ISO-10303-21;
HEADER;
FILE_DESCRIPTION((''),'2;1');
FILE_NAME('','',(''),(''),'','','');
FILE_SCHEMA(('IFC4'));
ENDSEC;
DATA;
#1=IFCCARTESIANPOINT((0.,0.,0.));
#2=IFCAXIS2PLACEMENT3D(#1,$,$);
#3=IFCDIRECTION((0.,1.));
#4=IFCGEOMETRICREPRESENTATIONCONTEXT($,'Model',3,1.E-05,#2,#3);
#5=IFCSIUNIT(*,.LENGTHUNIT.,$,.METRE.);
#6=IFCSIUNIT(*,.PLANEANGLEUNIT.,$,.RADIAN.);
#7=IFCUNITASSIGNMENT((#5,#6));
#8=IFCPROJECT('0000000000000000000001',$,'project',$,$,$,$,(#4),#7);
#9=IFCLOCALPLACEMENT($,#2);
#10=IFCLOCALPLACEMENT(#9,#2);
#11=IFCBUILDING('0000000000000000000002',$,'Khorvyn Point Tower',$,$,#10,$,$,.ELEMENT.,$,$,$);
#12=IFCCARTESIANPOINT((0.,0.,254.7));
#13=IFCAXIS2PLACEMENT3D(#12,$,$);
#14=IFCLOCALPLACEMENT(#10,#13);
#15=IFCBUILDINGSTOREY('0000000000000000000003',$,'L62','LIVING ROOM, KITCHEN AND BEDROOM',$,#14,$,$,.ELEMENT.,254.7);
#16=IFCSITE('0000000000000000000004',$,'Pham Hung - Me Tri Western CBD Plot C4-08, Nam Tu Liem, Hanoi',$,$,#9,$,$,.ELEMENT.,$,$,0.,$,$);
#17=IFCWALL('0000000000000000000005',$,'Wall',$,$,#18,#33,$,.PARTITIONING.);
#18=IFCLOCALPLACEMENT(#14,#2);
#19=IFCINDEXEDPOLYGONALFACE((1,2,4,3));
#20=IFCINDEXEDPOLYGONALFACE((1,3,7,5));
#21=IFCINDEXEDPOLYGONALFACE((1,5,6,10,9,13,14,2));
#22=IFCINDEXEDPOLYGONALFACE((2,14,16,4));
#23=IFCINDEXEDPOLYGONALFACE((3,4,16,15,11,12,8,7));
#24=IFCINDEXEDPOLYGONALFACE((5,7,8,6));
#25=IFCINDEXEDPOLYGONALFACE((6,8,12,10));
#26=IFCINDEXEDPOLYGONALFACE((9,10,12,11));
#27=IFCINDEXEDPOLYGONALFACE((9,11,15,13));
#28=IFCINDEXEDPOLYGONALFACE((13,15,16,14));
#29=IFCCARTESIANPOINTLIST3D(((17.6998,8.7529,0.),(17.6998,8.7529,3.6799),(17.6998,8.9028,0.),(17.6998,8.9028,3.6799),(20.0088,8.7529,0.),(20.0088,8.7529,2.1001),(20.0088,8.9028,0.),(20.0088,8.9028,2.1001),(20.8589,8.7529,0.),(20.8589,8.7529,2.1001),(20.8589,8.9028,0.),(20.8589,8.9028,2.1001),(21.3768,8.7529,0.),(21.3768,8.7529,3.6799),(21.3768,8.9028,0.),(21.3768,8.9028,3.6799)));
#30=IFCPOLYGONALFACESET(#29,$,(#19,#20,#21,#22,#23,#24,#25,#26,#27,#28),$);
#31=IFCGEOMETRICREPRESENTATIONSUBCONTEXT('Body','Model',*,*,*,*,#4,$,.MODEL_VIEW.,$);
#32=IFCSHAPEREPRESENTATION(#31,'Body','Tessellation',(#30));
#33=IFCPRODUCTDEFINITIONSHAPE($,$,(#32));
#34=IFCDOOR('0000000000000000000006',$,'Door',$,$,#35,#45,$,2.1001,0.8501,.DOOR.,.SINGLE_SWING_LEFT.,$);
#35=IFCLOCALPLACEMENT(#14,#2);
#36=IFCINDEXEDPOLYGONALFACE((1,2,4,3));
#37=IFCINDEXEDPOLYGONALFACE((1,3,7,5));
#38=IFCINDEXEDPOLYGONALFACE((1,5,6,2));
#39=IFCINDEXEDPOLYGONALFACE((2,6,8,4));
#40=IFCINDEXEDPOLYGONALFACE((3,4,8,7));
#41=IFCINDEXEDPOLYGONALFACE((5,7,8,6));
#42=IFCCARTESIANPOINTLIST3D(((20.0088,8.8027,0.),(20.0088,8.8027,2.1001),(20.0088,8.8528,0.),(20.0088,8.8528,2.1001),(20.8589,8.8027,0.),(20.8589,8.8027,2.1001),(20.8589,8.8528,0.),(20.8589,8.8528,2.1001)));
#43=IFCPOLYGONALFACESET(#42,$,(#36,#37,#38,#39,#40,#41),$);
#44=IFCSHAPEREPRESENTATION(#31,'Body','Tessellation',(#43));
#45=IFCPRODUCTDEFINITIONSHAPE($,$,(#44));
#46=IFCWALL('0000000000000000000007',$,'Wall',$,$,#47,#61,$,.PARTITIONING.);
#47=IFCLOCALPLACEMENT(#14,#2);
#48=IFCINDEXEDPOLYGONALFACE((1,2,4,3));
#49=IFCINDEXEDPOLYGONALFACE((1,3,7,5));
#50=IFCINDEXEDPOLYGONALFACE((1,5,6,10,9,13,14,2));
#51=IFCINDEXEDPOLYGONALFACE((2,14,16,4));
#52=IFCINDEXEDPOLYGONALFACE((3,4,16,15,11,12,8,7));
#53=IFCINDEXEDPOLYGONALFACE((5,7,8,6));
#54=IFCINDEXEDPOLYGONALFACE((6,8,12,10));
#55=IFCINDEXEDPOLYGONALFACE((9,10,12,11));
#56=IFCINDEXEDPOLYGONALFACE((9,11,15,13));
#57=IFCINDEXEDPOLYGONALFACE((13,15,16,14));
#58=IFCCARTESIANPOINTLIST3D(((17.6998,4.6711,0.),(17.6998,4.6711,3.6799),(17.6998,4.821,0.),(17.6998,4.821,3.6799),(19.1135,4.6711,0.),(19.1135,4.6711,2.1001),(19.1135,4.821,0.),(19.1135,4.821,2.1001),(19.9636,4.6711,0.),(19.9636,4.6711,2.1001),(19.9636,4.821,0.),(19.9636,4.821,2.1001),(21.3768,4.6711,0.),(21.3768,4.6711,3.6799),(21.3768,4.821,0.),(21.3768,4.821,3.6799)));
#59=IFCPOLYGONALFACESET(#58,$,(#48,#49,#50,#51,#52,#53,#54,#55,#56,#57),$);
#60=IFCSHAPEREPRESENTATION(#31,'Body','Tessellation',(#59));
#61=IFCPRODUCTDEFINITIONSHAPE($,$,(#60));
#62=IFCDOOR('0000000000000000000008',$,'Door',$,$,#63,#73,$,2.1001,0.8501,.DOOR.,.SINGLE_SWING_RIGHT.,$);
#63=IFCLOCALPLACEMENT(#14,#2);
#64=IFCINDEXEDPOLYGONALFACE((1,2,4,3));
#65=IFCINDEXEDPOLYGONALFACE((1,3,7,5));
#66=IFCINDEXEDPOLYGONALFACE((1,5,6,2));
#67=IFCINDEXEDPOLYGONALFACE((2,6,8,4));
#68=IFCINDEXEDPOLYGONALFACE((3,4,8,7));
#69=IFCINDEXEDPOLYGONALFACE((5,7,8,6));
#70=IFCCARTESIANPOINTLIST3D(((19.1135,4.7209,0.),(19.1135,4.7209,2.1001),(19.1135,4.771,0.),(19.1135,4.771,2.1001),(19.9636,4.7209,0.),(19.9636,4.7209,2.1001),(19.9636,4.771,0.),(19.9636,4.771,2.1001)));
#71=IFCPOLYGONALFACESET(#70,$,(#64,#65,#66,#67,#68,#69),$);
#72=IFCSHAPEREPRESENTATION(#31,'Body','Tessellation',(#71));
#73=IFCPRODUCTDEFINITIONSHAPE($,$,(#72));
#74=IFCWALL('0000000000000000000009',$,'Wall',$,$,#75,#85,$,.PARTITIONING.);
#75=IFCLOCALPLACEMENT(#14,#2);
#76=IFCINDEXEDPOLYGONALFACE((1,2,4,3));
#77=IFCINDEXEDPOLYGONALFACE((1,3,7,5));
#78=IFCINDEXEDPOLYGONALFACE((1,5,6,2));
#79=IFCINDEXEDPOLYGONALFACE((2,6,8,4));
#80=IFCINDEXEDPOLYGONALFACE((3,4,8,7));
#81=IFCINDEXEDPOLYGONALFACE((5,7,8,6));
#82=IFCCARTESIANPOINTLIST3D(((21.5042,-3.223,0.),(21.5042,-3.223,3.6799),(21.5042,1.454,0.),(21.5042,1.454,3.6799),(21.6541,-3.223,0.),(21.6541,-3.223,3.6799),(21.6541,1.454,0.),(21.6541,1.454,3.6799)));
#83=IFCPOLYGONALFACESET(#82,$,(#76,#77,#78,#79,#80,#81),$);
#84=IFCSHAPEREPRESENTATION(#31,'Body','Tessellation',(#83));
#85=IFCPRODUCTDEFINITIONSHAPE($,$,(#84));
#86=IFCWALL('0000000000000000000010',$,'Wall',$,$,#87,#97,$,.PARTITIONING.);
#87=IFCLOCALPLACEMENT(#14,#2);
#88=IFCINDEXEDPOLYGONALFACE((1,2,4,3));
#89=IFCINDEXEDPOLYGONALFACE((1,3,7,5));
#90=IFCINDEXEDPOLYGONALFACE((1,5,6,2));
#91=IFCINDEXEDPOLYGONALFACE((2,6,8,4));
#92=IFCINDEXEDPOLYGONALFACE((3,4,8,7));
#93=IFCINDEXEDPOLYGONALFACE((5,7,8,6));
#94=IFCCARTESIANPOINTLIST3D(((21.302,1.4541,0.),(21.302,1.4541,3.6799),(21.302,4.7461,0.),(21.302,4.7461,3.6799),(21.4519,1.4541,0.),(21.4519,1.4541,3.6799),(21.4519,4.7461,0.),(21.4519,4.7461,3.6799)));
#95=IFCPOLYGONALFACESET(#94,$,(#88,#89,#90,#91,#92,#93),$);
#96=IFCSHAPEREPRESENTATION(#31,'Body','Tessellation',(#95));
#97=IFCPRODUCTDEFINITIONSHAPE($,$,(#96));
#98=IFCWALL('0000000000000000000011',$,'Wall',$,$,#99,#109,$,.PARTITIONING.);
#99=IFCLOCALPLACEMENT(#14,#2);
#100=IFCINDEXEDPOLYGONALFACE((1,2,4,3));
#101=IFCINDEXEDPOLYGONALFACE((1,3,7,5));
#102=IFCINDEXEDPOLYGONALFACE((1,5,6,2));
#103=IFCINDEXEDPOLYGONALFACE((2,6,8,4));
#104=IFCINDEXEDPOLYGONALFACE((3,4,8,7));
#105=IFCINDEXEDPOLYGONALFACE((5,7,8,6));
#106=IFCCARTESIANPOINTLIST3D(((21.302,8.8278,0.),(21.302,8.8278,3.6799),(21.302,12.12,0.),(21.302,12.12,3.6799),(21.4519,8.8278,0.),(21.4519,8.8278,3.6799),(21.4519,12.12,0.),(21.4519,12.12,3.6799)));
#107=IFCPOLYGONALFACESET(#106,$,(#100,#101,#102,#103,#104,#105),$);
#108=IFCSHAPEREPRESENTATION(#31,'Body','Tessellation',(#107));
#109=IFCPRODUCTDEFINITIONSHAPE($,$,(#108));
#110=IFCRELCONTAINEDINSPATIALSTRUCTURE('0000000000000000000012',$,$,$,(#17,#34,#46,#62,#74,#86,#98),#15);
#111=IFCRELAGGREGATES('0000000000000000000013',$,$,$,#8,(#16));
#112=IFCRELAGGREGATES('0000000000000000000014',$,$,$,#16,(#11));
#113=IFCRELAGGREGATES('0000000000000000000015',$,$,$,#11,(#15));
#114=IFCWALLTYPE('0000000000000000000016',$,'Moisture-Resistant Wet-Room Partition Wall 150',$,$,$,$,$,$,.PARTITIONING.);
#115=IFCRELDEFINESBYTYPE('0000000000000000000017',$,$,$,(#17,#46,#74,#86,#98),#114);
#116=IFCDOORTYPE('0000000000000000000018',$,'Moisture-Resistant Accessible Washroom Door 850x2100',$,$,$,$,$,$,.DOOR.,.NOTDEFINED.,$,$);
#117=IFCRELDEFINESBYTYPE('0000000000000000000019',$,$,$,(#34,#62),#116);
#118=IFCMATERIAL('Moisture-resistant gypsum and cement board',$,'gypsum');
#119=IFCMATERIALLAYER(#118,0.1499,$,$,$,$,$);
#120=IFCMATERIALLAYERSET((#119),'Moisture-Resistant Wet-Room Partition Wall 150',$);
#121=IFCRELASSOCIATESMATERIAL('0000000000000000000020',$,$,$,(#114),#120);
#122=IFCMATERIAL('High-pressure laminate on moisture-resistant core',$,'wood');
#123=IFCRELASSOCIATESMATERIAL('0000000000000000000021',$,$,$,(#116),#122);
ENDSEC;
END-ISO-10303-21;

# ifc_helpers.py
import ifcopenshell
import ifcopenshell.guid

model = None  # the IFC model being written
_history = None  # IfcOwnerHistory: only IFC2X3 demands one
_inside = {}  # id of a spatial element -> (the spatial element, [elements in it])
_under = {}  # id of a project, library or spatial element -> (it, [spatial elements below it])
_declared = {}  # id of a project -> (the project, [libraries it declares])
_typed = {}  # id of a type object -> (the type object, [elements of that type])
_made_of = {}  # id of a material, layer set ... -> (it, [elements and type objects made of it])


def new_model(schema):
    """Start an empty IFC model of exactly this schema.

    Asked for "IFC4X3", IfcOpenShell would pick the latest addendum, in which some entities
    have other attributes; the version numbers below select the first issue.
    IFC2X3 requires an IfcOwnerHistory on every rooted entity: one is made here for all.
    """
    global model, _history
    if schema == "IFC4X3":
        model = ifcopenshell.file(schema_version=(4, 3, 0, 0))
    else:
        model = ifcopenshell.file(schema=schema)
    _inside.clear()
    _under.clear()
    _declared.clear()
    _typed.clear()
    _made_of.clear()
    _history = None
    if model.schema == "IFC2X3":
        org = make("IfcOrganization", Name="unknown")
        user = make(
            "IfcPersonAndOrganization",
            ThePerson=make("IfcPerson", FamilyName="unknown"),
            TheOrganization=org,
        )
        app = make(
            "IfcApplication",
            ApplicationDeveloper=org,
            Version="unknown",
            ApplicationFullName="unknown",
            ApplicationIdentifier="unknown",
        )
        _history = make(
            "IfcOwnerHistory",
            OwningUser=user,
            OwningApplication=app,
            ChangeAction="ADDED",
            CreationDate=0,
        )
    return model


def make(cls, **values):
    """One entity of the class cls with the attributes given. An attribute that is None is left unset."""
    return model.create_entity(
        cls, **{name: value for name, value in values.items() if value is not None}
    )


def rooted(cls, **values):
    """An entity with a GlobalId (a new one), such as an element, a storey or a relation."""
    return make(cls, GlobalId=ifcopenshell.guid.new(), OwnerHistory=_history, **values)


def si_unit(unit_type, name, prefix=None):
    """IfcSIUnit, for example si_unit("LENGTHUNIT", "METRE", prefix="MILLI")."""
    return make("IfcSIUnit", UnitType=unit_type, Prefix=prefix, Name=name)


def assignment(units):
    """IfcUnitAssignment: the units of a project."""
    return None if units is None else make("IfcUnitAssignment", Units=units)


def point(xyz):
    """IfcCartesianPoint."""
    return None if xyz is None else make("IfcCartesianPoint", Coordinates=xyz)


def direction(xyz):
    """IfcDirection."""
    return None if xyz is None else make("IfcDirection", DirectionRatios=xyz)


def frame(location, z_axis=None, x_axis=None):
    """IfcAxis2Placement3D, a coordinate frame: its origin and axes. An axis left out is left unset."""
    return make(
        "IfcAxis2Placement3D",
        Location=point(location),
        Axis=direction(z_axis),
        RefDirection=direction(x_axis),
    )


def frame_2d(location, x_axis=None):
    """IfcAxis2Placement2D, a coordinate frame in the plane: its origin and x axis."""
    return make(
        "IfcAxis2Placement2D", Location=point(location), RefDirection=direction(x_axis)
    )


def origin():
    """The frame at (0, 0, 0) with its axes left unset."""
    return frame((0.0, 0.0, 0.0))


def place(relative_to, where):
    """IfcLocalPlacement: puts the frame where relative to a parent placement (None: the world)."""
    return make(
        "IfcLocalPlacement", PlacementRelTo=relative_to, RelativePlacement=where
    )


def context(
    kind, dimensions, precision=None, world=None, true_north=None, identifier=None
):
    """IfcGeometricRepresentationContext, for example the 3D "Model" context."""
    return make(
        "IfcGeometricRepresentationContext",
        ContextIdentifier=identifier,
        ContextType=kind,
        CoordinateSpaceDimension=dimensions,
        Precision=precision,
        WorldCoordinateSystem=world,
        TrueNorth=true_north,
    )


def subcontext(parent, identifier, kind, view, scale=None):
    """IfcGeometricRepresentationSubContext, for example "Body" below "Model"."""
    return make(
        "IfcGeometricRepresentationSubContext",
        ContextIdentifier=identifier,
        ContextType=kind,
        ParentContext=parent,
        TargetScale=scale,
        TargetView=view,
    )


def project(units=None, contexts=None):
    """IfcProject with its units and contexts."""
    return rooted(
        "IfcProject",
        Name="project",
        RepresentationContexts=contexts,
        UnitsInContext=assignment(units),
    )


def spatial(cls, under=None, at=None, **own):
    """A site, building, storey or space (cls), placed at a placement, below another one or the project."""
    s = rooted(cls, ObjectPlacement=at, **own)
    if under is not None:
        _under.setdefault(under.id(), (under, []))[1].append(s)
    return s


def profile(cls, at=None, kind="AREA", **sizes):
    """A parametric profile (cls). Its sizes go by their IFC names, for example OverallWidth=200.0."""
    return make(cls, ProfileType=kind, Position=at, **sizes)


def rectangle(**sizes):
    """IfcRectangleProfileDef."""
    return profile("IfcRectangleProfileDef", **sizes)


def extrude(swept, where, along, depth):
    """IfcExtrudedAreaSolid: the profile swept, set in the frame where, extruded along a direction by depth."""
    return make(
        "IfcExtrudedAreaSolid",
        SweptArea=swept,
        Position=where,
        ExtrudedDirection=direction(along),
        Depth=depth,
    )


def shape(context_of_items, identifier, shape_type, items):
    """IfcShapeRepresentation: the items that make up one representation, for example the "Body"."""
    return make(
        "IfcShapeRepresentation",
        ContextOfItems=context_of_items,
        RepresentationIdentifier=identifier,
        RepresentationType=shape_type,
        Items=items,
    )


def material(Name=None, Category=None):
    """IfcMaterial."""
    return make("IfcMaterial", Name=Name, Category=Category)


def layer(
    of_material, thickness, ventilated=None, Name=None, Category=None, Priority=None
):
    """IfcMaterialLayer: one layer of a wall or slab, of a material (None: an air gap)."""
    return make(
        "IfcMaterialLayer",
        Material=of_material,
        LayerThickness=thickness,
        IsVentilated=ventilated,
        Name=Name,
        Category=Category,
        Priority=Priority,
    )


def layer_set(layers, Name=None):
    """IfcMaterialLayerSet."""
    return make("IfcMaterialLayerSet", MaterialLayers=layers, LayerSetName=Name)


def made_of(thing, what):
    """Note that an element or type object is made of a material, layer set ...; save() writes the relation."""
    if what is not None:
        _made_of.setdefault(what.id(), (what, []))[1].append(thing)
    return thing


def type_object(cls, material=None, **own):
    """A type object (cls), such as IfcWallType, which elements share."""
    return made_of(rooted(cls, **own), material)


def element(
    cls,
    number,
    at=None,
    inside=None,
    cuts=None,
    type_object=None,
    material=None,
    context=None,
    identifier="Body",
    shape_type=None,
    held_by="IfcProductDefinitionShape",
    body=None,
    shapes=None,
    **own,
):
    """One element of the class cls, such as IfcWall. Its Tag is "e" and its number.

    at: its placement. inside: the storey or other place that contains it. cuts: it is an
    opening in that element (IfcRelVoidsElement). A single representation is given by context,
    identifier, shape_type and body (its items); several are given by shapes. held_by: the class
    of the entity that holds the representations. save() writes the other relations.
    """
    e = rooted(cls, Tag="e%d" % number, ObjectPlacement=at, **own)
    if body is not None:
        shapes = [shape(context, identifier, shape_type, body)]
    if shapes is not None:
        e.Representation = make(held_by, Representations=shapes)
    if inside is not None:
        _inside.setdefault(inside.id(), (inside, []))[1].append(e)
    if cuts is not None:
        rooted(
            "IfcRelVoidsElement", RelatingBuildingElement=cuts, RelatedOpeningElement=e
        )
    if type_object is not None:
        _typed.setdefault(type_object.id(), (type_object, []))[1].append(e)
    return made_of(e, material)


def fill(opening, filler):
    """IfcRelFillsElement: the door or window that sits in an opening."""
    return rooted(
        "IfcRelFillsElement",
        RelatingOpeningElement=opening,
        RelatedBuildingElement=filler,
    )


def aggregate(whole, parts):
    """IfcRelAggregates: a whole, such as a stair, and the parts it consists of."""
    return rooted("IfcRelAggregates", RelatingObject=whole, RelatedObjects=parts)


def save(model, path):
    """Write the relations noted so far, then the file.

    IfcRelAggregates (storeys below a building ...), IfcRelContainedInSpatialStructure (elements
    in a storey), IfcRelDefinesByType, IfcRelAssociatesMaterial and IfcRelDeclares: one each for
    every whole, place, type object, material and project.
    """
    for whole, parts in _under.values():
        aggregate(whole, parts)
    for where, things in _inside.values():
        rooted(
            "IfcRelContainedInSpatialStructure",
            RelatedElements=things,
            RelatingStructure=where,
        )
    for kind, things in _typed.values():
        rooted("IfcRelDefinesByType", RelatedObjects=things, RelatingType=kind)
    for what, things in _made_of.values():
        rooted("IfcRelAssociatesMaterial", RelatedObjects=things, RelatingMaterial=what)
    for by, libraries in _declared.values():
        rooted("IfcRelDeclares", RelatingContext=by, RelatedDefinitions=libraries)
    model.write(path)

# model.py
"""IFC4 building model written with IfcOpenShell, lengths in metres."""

from ifc_helpers import new_model, si_unit, direction, frame, frame_2d, origin, place, context, subcontext, project, spatial, rectangle, extrude, material, layer, layer_set, type_object, element, fill, save


model = new_model("IFC4")

# Units and contexts
model_context = context("Model", 3, precision=1e-05, world=origin(), true_north=direction((0.0, 1.0)))
body_context = subcontext(model_context, "Body", "Model", "MODEL_VIEW")
ifc_project = project(units=[si_unit("LENGTHUNIT", "METRE"), si_unit("PLANEANGLEUNIT", "RADIAN")], contexts=[model_context])

# Site, building, storey
site_placement = place(None, origin())
site = spatial("IfcSite", under=ifc_project, at=site_placement, Name="Pham Hung - Me Tri Western CBD Plot C4-08, Nam Tu Liem, Hanoi", CompositionType="ELEMENT", RefElevation=0.0)
building_placement = place(site_placement, origin())
building = spatial("IfcBuilding", under=site, at=building_placement, Name="Khorvyn Point Tower", CompositionType="ELEMENT")
storey_placement = place(building_placement, frame((0.0, 0.0, 254.7)))
storey = spatial("IfcBuildingStorey", under=building, at=storey_placement, Name="L62", Description="LIVING ROOM, KITCHEN AND BEDROOM", CompositionType="ELEMENT", Elevation=254.7)

# Walls, openings, doors
ifc_material_1 = material(Name="Moisture-resistant gypsum and cement board", Category="gypsum")
ifc_layer_1 = layer(ifc_material_1, 0.1499)
ifc_layer_set_1 = layer_set([ifc_layer_1], Name="Moisture-Resistant Wet-Room Partition Wall 150")
wall_type_1 = type_object("IfcWallType", Name="Moisture-Resistant Wet-Room Partition Wall 150", PredefinedType="PARTITIONING", material=ifc_layer_set_1)
wall_1_placement = place(storey_placement, frame((17.7, 8.8279, 0.0), z_axis=(0.0, 0.0, 1.0), x_axis=(1.0, 0.0, 0.0)))
wall_1 = element("IfcWall", 1, at=wall_1_placement, inside=storey, type_object=wall_type_1, Name="Wall", PredefinedType="PARTITIONING", context=body_context, shape_type="SweptSolid", body=[
    extrude(rectangle(XDim=3.677, YDim=0.1499, at=frame_2d((1.8384, 0.0))), origin(), (0.0, 0.0, 1.0), 3.6799),
])
opening_1_placement = place(wall_1_placement, frame((2.3088, 0.0, 0.0)))
opening_1 = element("IfcOpeningElement", 2, at=opening_1_placement, cuts=wall_1, PredefinedType="OPENING", context=body_context, shape_type="SweptSolid", body=[
    extrude(rectangle(XDim=0.8501, YDim=2.1001, at=frame_2d((0.425, 1.05))), frame((0.0, 0.085, 0.0), z_axis=(0.0, -1.0, 0.0), x_axis=(1.0, 0.0, 0.0)), (0.0, 0.0, 1.0), 0.1699),
])
ifc_material_2 = material(Name="High-pressure laminate on moisture-resistant core", Category="wood")
door_type_1 = type_object("IfcDoorType", Name="Moisture-Resistant Accessible Washroom Door 850x2100", OperationType="NOTDEFINED", PredefinedType="DOOR", material=ifc_material_2)
door_1_placement = place(opening_1_placement, origin())
door_1 = element("IfcDoor", 3, at=door_1_placement, inside=storey, type_object=door_type_1, Name="Door", OperationType="SINGLE_SWING_LEFT", OverallHeight=2.1001, OverallWidth=0.8501, PredefinedType="DOOR", context=body_context, shape_type="SweptSolid", body=[
    extrude(rectangle(XDim=0.8501, YDim=2.1001, at=frame_2d((0.425, 1.05))), frame((0.0, 0.0249, 0.0), z_axis=(0.0, -1.0, 0.0), x_axis=(1.0, 0.0, 0.0)), (0.0, 0.0, 1.0), 0.05),
])
fill(opening_1, door_1)
wall_2_placement = place(storey_placement, frame((17.7, 4.7461, 0.0), z_axis=(0.0, 0.0, 1.0), x_axis=(1.0, 0.0, 0.0)))
wall_2 = element("IfcWall", 4, at=wall_2_placement, inside=storey, type_object=wall_type_1, Name="Wall", PredefinedType="PARTITIONING", context=body_context, shape_type="SweptSolid", body=[
    extrude(rectangle(XDim=3.677, YDim=0.1499, at=frame_2d((1.8384, 0.0))), origin(), (0.0, 0.0, 1.0), 3.6799),
])
opening_2_placement = place(wall_2_placement, frame((1.4136, 0.0, 0.0)))
opening_2 = element("IfcOpeningElement", 5, at=opening_2_placement, cuts=wall_2, PredefinedType="OPENING", context=body_context, shape_type="SweptSolid", body=[
    extrude(rectangle(XDim=0.8501, YDim=2.1001, at=frame_2d((0.425, 1.05))), frame((0.0, 0.085, 0.0), z_axis=(0.0, -1.0, 0.0), x_axis=(1.0, 0.0, 0.0)), (0.0, 0.0, 1.0), 0.1699),
])
door_2_placement = place(opening_2_placement, origin())
door_2 = element("IfcDoor", 6, at=door_2_placement, inside=storey, type_object=door_type_1, Name="Door", OperationType="SINGLE_SWING_RIGHT", OverallHeight=2.1001, OverallWidth=0.8501, PredefinedType="DOOR", context=body_context, shape_type="SweptSolid", body=[
    extrude(rectangle(XDim=0.8501, YDim=2.1001, at=frame_2d((0.425, 1.05))), frame((0.0, 0.0249, 0.0), z_axis=(0.0, -1.0, 0.0), x_axis=(1.0, 0.0, 0.0)), (0.0, 0.0, 1.0), 0.05),
])
fill(opening_2, door_2)

# Walls
wall_3_placement = place(storey_placement, frame((21.5791, -3.2229, 0.0), z_axis=(0.0, 0.0, 1.0), x_axis=(0.0, 1.0, 0.0)))
element("IfcWall", 7, at=wall_3_placement, inside=storey, type_object=wall_type_1, Name="Wall", PredefinedType="PARTITIONING", context=body_context, shape_type="SweptSolid", body=[
    extrude(rectangle(XDim=4.677, YDim=0.1499, at=frame_2d((2.3384, 0.0))), origin(), (0.0, 0.0, 1.0), 3.6799),
])
wall_4_placement = place(storey_placement, frame((21.377, 1.4541, 0.0), z_axis=(0.0, 0.0, 1.0), x_axis=(0.0, 1.0, 0.0)))
element("IfcWall", 8, at=wall_4_placement, inside=storey, type_object=wall_type_1, Name="Wall", PredefinedType="PARTITIONING", context=body_context, shape_type="SweptSolid", body=[
    extrude(rectangle(XDim=3.292, YDim=0.1499, at=frame_2d((1.646, 0.0))), origin(), (0.0, 0.0, 1.0), 3.6799),
])
wall_5_placement = place(storey_placement, frame((21.377, 8.8279, 0.0), z_axis=(0.0, 0.0, 1.0), x_axis=(0.0, 1.0, 0.0)))
element("IfcWall", 9, at=wall_5_placement, inside=storey, type_object=wall_type_1, Name="Wall", PredefinedType="PARTITIONING", context=body_context, shape_type="SweptSolid", body=[
    extrude(rectangle(XDim=3.2922, YDim=0.1499, at=frame_2d((1.646, 0.0))), origin(), (0.0, 0.0, 1.0), 3.6799),
])

save(model, "model.ifc")
